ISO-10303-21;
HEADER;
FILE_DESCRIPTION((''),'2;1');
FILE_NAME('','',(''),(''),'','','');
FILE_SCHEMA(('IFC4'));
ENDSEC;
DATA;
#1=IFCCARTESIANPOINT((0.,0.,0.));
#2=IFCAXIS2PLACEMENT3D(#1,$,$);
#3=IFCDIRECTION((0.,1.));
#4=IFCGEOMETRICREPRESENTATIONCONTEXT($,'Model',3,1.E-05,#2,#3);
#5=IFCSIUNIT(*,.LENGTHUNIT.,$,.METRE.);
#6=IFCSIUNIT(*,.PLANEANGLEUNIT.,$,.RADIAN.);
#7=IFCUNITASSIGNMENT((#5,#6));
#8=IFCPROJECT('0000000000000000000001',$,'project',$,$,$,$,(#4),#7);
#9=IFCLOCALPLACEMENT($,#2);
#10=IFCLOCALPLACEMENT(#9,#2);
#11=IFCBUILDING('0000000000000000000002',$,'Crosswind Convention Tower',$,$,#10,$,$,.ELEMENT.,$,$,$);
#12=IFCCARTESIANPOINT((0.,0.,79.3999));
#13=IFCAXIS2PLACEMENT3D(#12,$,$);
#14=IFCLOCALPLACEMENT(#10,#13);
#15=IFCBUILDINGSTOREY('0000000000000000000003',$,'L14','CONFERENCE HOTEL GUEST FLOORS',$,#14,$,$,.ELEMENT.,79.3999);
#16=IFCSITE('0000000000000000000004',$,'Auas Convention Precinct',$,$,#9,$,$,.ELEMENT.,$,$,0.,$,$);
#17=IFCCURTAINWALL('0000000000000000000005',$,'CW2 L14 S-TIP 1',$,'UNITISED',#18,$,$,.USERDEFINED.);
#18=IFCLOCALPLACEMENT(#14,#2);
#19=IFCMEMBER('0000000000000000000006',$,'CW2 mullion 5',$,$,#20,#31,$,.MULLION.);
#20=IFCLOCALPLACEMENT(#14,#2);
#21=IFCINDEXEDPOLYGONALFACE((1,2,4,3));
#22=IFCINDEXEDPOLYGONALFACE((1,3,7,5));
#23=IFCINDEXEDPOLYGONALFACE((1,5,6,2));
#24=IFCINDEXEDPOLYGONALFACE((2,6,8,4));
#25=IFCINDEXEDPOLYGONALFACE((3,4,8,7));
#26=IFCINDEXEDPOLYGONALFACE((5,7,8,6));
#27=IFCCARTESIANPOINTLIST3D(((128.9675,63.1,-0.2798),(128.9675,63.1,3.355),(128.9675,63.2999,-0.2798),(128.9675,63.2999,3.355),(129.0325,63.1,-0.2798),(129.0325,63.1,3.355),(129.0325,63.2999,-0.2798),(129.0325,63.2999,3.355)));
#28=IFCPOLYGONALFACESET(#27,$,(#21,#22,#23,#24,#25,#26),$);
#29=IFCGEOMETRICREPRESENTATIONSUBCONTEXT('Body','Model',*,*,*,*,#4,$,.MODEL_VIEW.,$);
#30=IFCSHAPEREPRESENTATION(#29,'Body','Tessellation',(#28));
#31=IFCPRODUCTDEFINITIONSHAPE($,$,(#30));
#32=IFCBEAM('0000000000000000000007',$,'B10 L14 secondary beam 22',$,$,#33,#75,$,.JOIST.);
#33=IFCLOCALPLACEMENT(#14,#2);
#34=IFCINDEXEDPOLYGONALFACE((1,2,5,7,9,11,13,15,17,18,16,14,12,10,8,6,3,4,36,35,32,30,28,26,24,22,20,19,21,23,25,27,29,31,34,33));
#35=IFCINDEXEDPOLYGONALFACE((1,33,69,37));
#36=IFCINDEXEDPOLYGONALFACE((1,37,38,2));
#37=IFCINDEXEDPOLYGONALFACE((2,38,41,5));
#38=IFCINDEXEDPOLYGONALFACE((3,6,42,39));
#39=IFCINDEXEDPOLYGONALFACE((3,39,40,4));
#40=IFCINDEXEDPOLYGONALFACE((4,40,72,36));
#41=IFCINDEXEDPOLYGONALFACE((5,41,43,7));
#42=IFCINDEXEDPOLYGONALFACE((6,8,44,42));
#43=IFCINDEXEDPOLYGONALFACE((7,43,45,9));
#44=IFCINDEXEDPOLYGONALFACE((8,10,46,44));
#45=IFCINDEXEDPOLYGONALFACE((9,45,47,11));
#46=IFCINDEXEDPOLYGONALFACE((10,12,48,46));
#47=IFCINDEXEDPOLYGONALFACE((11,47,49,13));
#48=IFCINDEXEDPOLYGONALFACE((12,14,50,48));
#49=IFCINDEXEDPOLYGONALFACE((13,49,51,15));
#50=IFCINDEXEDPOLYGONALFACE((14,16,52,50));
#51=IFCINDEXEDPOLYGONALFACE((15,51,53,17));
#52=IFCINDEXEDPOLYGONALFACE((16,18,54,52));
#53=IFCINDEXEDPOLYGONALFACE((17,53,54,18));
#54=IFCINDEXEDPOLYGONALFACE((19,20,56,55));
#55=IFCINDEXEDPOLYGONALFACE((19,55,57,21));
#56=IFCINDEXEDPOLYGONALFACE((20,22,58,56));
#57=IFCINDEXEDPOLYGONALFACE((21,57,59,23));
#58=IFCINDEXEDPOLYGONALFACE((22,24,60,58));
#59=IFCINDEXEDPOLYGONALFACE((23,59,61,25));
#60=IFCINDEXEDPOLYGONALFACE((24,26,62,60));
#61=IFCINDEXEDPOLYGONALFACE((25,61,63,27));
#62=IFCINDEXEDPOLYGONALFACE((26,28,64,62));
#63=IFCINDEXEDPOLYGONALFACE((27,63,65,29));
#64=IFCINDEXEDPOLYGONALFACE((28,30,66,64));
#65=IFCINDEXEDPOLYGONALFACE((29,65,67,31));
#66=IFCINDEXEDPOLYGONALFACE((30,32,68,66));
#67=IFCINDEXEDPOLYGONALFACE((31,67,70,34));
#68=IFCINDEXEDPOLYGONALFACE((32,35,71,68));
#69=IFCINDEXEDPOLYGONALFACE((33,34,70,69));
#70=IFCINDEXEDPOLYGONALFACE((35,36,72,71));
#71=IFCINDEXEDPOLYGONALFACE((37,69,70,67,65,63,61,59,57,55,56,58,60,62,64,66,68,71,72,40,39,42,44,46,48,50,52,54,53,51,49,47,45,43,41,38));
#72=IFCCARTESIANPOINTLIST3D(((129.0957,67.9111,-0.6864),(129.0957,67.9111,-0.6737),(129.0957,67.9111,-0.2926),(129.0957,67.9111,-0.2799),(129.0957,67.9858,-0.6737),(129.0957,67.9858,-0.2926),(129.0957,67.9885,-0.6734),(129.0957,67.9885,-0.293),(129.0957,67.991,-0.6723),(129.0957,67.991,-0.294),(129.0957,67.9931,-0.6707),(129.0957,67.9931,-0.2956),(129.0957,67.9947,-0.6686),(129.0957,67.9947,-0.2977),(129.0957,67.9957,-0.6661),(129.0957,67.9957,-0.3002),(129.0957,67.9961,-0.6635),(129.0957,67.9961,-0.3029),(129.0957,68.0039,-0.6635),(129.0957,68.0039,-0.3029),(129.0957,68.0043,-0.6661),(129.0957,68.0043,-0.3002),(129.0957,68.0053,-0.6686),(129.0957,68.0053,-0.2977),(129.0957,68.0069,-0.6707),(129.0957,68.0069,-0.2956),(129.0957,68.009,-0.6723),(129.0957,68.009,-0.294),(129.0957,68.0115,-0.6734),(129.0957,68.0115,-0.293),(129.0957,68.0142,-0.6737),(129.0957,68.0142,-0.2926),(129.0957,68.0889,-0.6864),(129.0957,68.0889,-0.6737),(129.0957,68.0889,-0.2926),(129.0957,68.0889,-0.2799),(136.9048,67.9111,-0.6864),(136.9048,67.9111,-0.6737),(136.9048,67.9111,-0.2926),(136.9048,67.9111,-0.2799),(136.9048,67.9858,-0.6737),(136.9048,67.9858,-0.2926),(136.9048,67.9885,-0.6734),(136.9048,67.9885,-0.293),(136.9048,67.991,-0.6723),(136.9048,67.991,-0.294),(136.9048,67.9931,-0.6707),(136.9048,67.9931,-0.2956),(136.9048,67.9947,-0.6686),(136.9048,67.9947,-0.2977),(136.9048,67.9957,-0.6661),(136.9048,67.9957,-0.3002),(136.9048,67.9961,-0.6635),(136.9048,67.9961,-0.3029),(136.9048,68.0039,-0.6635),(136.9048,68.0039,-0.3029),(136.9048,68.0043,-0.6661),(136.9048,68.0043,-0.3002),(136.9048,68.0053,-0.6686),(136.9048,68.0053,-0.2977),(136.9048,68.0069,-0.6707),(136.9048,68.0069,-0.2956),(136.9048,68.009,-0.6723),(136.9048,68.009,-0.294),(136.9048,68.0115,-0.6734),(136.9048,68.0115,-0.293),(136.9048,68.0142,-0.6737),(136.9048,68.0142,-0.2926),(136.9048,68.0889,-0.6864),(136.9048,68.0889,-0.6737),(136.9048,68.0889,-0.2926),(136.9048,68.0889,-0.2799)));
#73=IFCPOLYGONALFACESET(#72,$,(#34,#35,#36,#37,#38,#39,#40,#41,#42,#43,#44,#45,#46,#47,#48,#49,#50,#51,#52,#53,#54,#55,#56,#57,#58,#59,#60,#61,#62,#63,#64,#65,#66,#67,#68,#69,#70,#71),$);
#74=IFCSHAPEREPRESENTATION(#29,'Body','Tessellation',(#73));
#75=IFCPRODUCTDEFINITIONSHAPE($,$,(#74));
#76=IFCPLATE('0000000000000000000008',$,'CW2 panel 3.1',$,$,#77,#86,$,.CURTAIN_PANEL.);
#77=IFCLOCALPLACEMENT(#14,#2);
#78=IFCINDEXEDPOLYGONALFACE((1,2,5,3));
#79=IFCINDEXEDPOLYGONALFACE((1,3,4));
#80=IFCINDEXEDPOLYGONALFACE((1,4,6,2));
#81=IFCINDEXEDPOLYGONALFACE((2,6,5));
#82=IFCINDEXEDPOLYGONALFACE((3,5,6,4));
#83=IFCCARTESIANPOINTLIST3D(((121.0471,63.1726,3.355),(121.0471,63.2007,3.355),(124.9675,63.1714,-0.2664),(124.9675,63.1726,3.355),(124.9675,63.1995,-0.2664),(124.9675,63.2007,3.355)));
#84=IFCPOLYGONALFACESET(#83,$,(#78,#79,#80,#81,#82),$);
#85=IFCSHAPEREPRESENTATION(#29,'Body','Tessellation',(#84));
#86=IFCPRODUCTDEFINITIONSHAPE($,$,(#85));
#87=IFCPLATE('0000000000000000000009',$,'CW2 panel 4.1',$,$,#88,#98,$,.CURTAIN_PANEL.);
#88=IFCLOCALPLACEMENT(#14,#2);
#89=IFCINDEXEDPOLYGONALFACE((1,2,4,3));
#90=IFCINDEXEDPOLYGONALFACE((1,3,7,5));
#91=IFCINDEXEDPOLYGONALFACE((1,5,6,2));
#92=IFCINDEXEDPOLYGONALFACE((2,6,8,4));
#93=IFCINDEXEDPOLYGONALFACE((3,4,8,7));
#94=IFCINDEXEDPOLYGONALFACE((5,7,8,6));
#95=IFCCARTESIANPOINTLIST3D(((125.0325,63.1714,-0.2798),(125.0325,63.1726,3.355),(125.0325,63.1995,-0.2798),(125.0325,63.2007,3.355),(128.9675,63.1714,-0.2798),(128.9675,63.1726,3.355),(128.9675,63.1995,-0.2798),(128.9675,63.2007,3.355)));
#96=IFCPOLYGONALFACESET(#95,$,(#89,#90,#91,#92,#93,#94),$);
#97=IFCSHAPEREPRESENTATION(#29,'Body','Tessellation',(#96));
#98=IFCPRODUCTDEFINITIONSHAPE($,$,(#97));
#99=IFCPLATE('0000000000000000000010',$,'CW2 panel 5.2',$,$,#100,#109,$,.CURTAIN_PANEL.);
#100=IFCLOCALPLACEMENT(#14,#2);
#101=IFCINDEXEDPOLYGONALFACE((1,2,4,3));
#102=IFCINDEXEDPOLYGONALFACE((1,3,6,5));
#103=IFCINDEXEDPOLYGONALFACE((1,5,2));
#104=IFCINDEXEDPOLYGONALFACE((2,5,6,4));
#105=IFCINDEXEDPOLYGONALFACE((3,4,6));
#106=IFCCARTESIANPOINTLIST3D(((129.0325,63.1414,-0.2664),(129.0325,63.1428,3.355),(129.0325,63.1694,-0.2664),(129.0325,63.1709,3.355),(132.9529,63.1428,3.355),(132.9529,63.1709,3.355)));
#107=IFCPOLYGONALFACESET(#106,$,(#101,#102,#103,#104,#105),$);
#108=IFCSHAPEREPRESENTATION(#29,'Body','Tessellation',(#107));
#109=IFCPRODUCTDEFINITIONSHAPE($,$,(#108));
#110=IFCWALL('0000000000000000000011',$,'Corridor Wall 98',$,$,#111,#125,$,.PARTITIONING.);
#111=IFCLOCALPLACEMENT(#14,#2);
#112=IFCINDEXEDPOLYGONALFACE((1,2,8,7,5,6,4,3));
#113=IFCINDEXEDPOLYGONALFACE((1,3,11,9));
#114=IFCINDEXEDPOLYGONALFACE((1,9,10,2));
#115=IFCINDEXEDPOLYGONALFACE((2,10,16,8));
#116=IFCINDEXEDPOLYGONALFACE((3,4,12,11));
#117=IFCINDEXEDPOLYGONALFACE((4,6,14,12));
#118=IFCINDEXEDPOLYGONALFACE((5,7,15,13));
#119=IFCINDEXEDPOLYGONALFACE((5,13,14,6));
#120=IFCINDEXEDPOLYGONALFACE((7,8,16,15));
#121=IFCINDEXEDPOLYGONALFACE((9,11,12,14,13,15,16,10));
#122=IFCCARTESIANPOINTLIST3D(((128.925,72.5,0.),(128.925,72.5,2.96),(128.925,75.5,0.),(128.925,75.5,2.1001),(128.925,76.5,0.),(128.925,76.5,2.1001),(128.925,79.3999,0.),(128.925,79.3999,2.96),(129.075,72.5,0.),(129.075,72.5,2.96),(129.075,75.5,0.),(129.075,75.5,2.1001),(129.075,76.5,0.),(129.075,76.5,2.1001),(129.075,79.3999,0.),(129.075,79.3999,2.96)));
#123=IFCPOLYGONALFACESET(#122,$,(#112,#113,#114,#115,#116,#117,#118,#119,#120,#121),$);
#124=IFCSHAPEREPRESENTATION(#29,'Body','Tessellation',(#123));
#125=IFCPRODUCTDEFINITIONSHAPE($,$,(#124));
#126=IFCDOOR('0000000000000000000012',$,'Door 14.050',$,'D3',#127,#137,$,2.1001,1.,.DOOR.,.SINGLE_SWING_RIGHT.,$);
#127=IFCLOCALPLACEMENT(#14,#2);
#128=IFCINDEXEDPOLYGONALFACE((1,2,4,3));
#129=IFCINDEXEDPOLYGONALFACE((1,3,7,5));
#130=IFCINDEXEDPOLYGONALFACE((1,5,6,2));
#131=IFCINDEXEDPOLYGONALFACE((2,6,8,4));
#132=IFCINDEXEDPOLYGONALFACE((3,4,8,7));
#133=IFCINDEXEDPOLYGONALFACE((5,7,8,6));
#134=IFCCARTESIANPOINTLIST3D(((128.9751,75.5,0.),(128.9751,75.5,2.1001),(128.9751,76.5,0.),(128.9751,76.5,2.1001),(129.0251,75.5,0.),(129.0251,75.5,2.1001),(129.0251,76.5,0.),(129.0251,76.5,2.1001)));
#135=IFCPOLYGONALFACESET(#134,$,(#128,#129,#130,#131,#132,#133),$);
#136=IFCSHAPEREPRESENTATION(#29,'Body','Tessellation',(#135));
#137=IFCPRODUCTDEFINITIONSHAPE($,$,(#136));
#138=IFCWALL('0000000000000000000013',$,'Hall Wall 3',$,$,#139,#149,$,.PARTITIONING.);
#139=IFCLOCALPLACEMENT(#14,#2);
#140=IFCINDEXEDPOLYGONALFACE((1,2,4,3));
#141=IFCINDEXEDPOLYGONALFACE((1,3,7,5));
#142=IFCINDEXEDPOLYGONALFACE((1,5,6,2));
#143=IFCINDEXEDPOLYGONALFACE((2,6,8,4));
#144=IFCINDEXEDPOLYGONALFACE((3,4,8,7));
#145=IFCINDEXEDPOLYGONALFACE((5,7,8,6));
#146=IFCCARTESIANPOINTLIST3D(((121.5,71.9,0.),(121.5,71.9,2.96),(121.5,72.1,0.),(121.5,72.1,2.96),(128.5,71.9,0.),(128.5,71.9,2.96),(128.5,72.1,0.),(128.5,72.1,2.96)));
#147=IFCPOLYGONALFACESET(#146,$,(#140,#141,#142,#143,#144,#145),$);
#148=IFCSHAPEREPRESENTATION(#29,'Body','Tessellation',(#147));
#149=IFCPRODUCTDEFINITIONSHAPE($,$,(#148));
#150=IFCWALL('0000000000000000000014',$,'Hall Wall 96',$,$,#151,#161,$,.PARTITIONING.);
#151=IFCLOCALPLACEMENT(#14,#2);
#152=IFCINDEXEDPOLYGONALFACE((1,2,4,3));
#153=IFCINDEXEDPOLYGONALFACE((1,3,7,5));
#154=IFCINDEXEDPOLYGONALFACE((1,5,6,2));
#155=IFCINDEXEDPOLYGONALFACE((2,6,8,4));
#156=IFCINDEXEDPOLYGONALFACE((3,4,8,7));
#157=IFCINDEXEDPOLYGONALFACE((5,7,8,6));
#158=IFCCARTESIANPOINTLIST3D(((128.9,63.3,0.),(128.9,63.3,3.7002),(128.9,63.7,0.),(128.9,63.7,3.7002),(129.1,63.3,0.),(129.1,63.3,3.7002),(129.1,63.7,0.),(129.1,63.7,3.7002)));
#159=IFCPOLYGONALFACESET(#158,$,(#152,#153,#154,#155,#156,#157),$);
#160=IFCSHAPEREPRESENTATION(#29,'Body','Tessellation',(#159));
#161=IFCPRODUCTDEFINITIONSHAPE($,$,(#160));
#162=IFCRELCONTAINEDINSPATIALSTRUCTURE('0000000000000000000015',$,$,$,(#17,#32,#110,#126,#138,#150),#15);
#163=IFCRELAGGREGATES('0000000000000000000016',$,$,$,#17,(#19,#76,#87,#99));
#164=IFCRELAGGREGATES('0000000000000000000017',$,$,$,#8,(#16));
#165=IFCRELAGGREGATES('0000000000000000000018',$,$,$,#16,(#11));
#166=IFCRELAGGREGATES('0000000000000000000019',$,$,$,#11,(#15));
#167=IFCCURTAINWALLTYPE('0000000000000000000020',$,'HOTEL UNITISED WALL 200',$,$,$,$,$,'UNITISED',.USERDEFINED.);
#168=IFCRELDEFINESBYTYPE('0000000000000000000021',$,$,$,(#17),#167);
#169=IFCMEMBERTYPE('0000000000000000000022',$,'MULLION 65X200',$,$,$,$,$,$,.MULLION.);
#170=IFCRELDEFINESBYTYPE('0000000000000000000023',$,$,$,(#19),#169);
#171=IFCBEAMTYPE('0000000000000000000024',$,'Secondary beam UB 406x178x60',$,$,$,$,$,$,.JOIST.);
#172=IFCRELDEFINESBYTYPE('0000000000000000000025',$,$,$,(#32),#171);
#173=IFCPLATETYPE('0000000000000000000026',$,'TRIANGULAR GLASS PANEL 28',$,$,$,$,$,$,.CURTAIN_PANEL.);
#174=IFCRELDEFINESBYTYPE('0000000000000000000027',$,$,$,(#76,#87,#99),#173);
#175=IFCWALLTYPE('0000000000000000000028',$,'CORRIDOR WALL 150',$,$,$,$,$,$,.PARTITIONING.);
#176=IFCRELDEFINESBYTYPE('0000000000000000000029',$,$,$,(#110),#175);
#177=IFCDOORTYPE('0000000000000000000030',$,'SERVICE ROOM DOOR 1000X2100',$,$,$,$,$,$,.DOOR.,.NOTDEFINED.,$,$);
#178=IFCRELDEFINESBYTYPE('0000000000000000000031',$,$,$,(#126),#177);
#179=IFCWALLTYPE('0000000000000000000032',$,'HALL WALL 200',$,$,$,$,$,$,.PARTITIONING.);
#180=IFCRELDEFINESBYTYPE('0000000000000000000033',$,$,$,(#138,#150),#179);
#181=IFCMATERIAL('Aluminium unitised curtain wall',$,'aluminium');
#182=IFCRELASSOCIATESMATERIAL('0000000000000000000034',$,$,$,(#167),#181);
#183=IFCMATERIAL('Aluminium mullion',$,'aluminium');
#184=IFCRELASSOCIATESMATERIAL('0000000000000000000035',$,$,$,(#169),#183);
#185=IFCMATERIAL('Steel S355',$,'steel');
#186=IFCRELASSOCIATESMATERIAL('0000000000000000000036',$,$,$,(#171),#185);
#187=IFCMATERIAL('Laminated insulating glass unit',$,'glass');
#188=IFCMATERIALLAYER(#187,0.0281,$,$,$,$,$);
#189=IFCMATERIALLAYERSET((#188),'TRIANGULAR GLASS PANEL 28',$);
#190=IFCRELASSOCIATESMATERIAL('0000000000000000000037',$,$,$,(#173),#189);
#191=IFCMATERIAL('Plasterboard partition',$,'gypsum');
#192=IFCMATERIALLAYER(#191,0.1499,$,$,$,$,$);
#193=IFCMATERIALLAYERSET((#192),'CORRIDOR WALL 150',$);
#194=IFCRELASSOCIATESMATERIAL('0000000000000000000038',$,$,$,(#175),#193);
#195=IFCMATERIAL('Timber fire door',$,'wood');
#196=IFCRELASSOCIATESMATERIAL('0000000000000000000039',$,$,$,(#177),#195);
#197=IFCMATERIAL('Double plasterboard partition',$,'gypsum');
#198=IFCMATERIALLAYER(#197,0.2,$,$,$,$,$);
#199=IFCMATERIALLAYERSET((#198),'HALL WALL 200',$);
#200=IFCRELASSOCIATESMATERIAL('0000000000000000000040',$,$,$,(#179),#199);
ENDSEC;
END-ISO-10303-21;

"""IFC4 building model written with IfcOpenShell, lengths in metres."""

from ifc_helpers import new_model, si_unit, direction, frame, frame_2d, origin, origin_2d, place, context, subcontext, project, spatial, polyline, rectangle, i_section, outline, extrude, material, layer, layer_set, material_profile, profile_set, type_object, element, fill, aggregate, save


model = new_model("IFC4")

# Units and contexts
model_context = context("Model", 3, precision=1e-05, world=origin(), true_north=direction((0.0, 1.0)))
body_context = subcontext(model_context, "Body", "Model", "MODEL_VIEW")
ifc_project = project(units=[si_unit("LENGTHUNIT", "METRE"), si_unit("PLANEANGLEUNIT", "RADIAN")], contexts=[model_context])

# Site, building, storey
site_placement = place(None, origin())
site = spatial("IfcSite", under=ifc_project, at=site_placement, Name="Auas Convention Precinct", CompositionType="ELEMENT", RefElevation=0.0)
building_placement = place(site_placement, origin())
building = spatial("IfcBuilding", under=site, at=building_placement, Name="Crosswind Convention Tower", CompositionType="ELEMENT")
storey_placement = place(building_placement, frame((0.0, 0.0, 79.3999)))
storey = spatial("IfcBuildingStorey", under=building, at=storey_placement, Name="L14", Description="CONFERENCE HOTEL GUEST FLOORS", CompositionType="ELEMENT", Elevation=79.3999)

# Shared definitions
ifc_material_1 = material(Name="Steel S355", Category="steel")

# Curtain wall, member
ifc_material_2 = material(Name="Aluminium unitised curtain wall", Category="aluminium")
curtain_wall_type = type_object("IfcCurtainWallType", Name="HOTEL UNITISED WALL 200", ElementType="UNITISED", PredefinedType="USERDEFINED", material=ifc_material_2)
curtain_wall_placement = place(storey_placement, origin())
curtain_wall = element("IfcCurtainWall", 1, at=curtain_wall_placement, inside=storey, type_object=curtain_wall_type, Name="CW2 L14 S-TIP 1", ObjectType="UNITISED", PredefinedType="USERDEFINED")
ifc_material_3 = material(Name="Aluminium mullion", Category="aluminium")
ifc_material_profile_1 = material_profile(ifc_material_3, rectangle(XDim=0.2, YDim=0.0649, at=origin_2d()), Name="AL 200X65")
ifc_profile_set_1 = profile_set([ifc_material_profile_1], Name="Aluminium mullion")
member_type = type_object("IfcMemberType", Name="MULLION 65X200", PredefinedType="MULLION", material=ifc_profile_set_1)
member_1_placement = place(storey_placement, frame((129.0, 63.2, -0.2798), z_axis=(0.0, 0.0, 1.0), x_axis=(0.0, -1.0, 0.0)))
member_1 = element("IfcMember", 2, at=member_1_placement, type_object=member_type, Name="CW2 mullion 5", PredefinedType="MULLION", context=body_context, shape_type="SweptSolid", body=[
    extrude(rectangle(XDim=0.2, YDim=0.0649, at=origin_2d()), origin(), (0.0, 0.0, 1.0), 3.6348),
])

# Beam
ifc_material_profile_2 = material_profile(ifc_material_1, i_section(OverallWidth=0.1777, OverallDepth=0.4065, WebThickness=0.0078, FlangeThickness=0.0127, FilletRadius=0.0103, at=origin_2d()), Name="UB 406x178x60")
ifc_profile_set_2 = profile_set([ifc_material_profile_2], Name="Steel S355")
beam_type_1 = type_object("IfcBeamType", Name="Secondary beam UB 406x178x60", PredefinedType="JOIST", material=ifc_profile_set_2)
beam_1_placement = place(storey_placement, frame((129.0957, 68.0, -0.4832), z_axis=(1.0, 0.0, 0.0), x_axis=(0.0, 1.0, 0.0)))
element("IfcBeam", 3, at=beam_1_placement, inside=storey, type_object=beam_type_1, Name="B10 L14 secondary beam 22", PredefinedType="JOIST", context=body_context, shape_type="SweptSolid", body=[
    extrude(i_section(OverallWidth=0.1777, OverallDepth=0.4065, WebThickness=0.0078, FlangeThickness=0.0127, FilletRadius=0.0103, at=origin_2d()), origin(), (0.0, 0.0, 1.0), 7.8091),
])

# Plates
ifc_material_4 = material(Name="Laminated insulating glass unit", Category="glass")
ifc_layer_1 = layer(ifc_material_4, 0.0281)
ifc_layer_set_1 = layer_set([ifc_layer_1], Name="TRIANGULAR GLASS PANEL 28")
plate_type = type_object("IfcPlateType", Name="TRIANGULAR GLASS PANEL 28", PredefinedType="CURTAIN_PANEL", material=ifc_layer_set_1)
plate_1_placement = place(storey_placement, frame((124.9675, 63.1726, 3.355), z_axis=(0.0, -1.0, 0.000337), x_axis=(-1.0, 0.0, 0.0)))
plate_1 = element("IfcPlate", 4, at=plate_1_placement, type_object=plate_type, Name="CW2 panel 3.1", PredefinedType="CURTAIN_PANEL", context=body_context, shape_type="SweptSolid", body=[
    extrude(outline(polyline([(0.0, 0.0), (3.9204, 0.0), (0.0, 3.6213), (0.0, 0.0)])), origin(), (0.0, 0.0, -1.0), 0.0281),
])
plate_2_placement = place(storey_placement, frame((125.0325, 63.1714, -0.2798), z_axis=(0.0, -1.0, 0.000336), x_axis=(1.0, 0.0, 0.0)))
plate_2 = element("IfcPlate", 5, at=plate_2_placement, type_object=plate_type, Name="CW2 panel 4.1", PredefinedType="CURTAIN_PANEL", context=body_context, shape_type="SweptSolid", body=[
    extrude(outline(polyline([(0.0, 0.0), (3.9351, 0.0), (3.9351, 3.6348), (0.0, 3.6348), (0.0, 0.0)])), origin(), (0.0, 0.0, -1.0), 0.0281),
])
plate_3_placement = place(storey_placement, frame((129.0325, 63.1428, 3.355), z_axis=(0.0, -1.0, 0.000405), x_axis=(0.0, -0.000405, -1.0)))
plate_3 = element("IfcPlate", 6, at=plate_3_placement, type_object=plate_type, Name="CW2 panel 5.2", PredefinedType="CURTAIN_PANEL", context=body_context, shape_type="SweptSolid", body=[
    extrude(outline(polyline([(0.0, 0.0), (3.6213, 0.0), (0.0, 3.9204), (0.0, 0.0)])), origin(), (0.0, 0.0, -1.0), 0.0281),
])
aggregate(curtain_wall, [member_1, plate_1, plate_2, plate_3])

# Wall, opening, door
ifc_material_5 = material(Name="Plasterboard partition", Category="gypsum")
ifc_layer_2 = layer(ifc_material_5, 0.1499)
ifc_layer_set_2 = layer_set([ifc_layer_2], Name="CORRIDOR WALL 150")
wall_type_1 = type_object("IfcWallType", Name="CORRIDOR WALL 150", PredefinedType="PARTITIONING", material=ifc_layer_set_2)
wall_1_placement = place(storey_placement, frame((129.0, 72.5, 0.0), z_axis=(0.0, 0.0, 1.0), x_axis=(0.0, 1.0, 0.0)))
wall_1 = element("IfcWall", 7, at=wall_1_placement, inside=storey, type_object=wall_type_1, Name="Corridor Wall 98", PredefinedType="PARTITIONING", context=body_context, shape_type="SweptSolid", body=[
    extrude(rectangle(XDim=6.8999, YDim=0.1499, at=frame_2d((3.45, 0.0))), origin(), (0.0, 0.0, 1.0), 2.96),
])
opening_1_placement = place(wall_1_placement, frame((3.0, 0.0, 0.0)))
opening_1 = element("IfcOpeningElement", 8, at=opening_1_placement, cuts=wall_1, PredefinedType="OPENING", context=body_context, shape_type="SweptSolid", body=[
    extrude(rectangle(XDim=1.0, YDim=2.1001, at=frame_2d((0.5, 1.05))), frame((0.0, 0.085, 0.0), z_axis=(0.0, -1.0, 0.0), x_axis=(1.0, 0.0, 0.0)), (0.0, 0.0, 1.0), 0.1699),
])
ifc_material_6 = material(Name="Timber fire door", Category="wood")
door_type_1 = type_object("IfcDoorType", Name="SERVICE ROOM DOOR 1000X2100", OperationType="NOTDEFINED", PredefinedType="DOOR", material=ifc_material_6)
door_1_placement = place(opening_1_placement, origin())
door_1 = element("IfcDoor", 9, at=door_1_placement, inside=storey, type_object=door_type_1, Name="Door 14.050", ObjectType="D3", OperationType="SINGLE_SWING_RIGHT", OverallHeight=2.1001, OverallWidth=1.0, PredefinedType="DOOR", context=body_context, shape_type="SweptSolid", body=[
    extrude(rectangle(XDim=1.0, YDim=2.1001, at=frame_2d((0.5, 1.05))), frame((0.0, 0.0249, 0.0), z_axis=(0.0, -1.0, 0.0), x_axis=(1.0, 0.0, 0.0)), (0.0, 0.0, 1.0), 0.05),
])
fill(opening_1, door_1)

# Walls
ifc_material_7 = material(Name="Double plasterboard partition", Category="gypsum")
ifc_layer_3 = layer(ifc_material_7, 0.2)
ifc_layer_set_3 = layer_set([ifc_layer_3], Name="HALL WALL 200")
wall_type_2 = type_object("IfcWallType", Name="HALL WALL 200", PredefinedType="PARTITIONING", material=ifc_layer_set_3)
wall_2_placement = place(storey_placement, frame((121.5, 72.0, 0.0), z_axis=(0.0, 0.0, 1.0), x_axis=(1.0, 0.0, 0.0)))
element("IfcWall", 10, at=wall_2_placement, inside=storey, type_object=wall_type_2, Name="Hall Wall 3", PredefinedType="PARTITIONING", context=body_context, shape_type="SweptSolid", body=[
    extrude(rectangle(XDim=7.0, YDim=0.2, at=frame_2d((3.5, 0.0))), origin(), (0.0, 0.0, 1.0), 2.96),
])
wall_3_placement = place(storey_placement, frame((129.0, 63.3, 0.0), z_axis=(0.0, 0.0, 1.0), x_axis=(0.0, 1.0, 0.0)))
element("IfcWall", 11, at=wall_3_placement, inside=storey, type_object=wall_type_2, Name="Hall Wall 96", PredefinedType="PARTITIONING", context=body_context, shape_type="SweptSolid", body=[
    extrude(rectangle(XDim=0.3999, YDim=0.2, at=frame_2d((0.2, 0.0))), origin(), (0.0, 0.0, 1.0), 3.7002),
])

save(model, "model.ifc")
